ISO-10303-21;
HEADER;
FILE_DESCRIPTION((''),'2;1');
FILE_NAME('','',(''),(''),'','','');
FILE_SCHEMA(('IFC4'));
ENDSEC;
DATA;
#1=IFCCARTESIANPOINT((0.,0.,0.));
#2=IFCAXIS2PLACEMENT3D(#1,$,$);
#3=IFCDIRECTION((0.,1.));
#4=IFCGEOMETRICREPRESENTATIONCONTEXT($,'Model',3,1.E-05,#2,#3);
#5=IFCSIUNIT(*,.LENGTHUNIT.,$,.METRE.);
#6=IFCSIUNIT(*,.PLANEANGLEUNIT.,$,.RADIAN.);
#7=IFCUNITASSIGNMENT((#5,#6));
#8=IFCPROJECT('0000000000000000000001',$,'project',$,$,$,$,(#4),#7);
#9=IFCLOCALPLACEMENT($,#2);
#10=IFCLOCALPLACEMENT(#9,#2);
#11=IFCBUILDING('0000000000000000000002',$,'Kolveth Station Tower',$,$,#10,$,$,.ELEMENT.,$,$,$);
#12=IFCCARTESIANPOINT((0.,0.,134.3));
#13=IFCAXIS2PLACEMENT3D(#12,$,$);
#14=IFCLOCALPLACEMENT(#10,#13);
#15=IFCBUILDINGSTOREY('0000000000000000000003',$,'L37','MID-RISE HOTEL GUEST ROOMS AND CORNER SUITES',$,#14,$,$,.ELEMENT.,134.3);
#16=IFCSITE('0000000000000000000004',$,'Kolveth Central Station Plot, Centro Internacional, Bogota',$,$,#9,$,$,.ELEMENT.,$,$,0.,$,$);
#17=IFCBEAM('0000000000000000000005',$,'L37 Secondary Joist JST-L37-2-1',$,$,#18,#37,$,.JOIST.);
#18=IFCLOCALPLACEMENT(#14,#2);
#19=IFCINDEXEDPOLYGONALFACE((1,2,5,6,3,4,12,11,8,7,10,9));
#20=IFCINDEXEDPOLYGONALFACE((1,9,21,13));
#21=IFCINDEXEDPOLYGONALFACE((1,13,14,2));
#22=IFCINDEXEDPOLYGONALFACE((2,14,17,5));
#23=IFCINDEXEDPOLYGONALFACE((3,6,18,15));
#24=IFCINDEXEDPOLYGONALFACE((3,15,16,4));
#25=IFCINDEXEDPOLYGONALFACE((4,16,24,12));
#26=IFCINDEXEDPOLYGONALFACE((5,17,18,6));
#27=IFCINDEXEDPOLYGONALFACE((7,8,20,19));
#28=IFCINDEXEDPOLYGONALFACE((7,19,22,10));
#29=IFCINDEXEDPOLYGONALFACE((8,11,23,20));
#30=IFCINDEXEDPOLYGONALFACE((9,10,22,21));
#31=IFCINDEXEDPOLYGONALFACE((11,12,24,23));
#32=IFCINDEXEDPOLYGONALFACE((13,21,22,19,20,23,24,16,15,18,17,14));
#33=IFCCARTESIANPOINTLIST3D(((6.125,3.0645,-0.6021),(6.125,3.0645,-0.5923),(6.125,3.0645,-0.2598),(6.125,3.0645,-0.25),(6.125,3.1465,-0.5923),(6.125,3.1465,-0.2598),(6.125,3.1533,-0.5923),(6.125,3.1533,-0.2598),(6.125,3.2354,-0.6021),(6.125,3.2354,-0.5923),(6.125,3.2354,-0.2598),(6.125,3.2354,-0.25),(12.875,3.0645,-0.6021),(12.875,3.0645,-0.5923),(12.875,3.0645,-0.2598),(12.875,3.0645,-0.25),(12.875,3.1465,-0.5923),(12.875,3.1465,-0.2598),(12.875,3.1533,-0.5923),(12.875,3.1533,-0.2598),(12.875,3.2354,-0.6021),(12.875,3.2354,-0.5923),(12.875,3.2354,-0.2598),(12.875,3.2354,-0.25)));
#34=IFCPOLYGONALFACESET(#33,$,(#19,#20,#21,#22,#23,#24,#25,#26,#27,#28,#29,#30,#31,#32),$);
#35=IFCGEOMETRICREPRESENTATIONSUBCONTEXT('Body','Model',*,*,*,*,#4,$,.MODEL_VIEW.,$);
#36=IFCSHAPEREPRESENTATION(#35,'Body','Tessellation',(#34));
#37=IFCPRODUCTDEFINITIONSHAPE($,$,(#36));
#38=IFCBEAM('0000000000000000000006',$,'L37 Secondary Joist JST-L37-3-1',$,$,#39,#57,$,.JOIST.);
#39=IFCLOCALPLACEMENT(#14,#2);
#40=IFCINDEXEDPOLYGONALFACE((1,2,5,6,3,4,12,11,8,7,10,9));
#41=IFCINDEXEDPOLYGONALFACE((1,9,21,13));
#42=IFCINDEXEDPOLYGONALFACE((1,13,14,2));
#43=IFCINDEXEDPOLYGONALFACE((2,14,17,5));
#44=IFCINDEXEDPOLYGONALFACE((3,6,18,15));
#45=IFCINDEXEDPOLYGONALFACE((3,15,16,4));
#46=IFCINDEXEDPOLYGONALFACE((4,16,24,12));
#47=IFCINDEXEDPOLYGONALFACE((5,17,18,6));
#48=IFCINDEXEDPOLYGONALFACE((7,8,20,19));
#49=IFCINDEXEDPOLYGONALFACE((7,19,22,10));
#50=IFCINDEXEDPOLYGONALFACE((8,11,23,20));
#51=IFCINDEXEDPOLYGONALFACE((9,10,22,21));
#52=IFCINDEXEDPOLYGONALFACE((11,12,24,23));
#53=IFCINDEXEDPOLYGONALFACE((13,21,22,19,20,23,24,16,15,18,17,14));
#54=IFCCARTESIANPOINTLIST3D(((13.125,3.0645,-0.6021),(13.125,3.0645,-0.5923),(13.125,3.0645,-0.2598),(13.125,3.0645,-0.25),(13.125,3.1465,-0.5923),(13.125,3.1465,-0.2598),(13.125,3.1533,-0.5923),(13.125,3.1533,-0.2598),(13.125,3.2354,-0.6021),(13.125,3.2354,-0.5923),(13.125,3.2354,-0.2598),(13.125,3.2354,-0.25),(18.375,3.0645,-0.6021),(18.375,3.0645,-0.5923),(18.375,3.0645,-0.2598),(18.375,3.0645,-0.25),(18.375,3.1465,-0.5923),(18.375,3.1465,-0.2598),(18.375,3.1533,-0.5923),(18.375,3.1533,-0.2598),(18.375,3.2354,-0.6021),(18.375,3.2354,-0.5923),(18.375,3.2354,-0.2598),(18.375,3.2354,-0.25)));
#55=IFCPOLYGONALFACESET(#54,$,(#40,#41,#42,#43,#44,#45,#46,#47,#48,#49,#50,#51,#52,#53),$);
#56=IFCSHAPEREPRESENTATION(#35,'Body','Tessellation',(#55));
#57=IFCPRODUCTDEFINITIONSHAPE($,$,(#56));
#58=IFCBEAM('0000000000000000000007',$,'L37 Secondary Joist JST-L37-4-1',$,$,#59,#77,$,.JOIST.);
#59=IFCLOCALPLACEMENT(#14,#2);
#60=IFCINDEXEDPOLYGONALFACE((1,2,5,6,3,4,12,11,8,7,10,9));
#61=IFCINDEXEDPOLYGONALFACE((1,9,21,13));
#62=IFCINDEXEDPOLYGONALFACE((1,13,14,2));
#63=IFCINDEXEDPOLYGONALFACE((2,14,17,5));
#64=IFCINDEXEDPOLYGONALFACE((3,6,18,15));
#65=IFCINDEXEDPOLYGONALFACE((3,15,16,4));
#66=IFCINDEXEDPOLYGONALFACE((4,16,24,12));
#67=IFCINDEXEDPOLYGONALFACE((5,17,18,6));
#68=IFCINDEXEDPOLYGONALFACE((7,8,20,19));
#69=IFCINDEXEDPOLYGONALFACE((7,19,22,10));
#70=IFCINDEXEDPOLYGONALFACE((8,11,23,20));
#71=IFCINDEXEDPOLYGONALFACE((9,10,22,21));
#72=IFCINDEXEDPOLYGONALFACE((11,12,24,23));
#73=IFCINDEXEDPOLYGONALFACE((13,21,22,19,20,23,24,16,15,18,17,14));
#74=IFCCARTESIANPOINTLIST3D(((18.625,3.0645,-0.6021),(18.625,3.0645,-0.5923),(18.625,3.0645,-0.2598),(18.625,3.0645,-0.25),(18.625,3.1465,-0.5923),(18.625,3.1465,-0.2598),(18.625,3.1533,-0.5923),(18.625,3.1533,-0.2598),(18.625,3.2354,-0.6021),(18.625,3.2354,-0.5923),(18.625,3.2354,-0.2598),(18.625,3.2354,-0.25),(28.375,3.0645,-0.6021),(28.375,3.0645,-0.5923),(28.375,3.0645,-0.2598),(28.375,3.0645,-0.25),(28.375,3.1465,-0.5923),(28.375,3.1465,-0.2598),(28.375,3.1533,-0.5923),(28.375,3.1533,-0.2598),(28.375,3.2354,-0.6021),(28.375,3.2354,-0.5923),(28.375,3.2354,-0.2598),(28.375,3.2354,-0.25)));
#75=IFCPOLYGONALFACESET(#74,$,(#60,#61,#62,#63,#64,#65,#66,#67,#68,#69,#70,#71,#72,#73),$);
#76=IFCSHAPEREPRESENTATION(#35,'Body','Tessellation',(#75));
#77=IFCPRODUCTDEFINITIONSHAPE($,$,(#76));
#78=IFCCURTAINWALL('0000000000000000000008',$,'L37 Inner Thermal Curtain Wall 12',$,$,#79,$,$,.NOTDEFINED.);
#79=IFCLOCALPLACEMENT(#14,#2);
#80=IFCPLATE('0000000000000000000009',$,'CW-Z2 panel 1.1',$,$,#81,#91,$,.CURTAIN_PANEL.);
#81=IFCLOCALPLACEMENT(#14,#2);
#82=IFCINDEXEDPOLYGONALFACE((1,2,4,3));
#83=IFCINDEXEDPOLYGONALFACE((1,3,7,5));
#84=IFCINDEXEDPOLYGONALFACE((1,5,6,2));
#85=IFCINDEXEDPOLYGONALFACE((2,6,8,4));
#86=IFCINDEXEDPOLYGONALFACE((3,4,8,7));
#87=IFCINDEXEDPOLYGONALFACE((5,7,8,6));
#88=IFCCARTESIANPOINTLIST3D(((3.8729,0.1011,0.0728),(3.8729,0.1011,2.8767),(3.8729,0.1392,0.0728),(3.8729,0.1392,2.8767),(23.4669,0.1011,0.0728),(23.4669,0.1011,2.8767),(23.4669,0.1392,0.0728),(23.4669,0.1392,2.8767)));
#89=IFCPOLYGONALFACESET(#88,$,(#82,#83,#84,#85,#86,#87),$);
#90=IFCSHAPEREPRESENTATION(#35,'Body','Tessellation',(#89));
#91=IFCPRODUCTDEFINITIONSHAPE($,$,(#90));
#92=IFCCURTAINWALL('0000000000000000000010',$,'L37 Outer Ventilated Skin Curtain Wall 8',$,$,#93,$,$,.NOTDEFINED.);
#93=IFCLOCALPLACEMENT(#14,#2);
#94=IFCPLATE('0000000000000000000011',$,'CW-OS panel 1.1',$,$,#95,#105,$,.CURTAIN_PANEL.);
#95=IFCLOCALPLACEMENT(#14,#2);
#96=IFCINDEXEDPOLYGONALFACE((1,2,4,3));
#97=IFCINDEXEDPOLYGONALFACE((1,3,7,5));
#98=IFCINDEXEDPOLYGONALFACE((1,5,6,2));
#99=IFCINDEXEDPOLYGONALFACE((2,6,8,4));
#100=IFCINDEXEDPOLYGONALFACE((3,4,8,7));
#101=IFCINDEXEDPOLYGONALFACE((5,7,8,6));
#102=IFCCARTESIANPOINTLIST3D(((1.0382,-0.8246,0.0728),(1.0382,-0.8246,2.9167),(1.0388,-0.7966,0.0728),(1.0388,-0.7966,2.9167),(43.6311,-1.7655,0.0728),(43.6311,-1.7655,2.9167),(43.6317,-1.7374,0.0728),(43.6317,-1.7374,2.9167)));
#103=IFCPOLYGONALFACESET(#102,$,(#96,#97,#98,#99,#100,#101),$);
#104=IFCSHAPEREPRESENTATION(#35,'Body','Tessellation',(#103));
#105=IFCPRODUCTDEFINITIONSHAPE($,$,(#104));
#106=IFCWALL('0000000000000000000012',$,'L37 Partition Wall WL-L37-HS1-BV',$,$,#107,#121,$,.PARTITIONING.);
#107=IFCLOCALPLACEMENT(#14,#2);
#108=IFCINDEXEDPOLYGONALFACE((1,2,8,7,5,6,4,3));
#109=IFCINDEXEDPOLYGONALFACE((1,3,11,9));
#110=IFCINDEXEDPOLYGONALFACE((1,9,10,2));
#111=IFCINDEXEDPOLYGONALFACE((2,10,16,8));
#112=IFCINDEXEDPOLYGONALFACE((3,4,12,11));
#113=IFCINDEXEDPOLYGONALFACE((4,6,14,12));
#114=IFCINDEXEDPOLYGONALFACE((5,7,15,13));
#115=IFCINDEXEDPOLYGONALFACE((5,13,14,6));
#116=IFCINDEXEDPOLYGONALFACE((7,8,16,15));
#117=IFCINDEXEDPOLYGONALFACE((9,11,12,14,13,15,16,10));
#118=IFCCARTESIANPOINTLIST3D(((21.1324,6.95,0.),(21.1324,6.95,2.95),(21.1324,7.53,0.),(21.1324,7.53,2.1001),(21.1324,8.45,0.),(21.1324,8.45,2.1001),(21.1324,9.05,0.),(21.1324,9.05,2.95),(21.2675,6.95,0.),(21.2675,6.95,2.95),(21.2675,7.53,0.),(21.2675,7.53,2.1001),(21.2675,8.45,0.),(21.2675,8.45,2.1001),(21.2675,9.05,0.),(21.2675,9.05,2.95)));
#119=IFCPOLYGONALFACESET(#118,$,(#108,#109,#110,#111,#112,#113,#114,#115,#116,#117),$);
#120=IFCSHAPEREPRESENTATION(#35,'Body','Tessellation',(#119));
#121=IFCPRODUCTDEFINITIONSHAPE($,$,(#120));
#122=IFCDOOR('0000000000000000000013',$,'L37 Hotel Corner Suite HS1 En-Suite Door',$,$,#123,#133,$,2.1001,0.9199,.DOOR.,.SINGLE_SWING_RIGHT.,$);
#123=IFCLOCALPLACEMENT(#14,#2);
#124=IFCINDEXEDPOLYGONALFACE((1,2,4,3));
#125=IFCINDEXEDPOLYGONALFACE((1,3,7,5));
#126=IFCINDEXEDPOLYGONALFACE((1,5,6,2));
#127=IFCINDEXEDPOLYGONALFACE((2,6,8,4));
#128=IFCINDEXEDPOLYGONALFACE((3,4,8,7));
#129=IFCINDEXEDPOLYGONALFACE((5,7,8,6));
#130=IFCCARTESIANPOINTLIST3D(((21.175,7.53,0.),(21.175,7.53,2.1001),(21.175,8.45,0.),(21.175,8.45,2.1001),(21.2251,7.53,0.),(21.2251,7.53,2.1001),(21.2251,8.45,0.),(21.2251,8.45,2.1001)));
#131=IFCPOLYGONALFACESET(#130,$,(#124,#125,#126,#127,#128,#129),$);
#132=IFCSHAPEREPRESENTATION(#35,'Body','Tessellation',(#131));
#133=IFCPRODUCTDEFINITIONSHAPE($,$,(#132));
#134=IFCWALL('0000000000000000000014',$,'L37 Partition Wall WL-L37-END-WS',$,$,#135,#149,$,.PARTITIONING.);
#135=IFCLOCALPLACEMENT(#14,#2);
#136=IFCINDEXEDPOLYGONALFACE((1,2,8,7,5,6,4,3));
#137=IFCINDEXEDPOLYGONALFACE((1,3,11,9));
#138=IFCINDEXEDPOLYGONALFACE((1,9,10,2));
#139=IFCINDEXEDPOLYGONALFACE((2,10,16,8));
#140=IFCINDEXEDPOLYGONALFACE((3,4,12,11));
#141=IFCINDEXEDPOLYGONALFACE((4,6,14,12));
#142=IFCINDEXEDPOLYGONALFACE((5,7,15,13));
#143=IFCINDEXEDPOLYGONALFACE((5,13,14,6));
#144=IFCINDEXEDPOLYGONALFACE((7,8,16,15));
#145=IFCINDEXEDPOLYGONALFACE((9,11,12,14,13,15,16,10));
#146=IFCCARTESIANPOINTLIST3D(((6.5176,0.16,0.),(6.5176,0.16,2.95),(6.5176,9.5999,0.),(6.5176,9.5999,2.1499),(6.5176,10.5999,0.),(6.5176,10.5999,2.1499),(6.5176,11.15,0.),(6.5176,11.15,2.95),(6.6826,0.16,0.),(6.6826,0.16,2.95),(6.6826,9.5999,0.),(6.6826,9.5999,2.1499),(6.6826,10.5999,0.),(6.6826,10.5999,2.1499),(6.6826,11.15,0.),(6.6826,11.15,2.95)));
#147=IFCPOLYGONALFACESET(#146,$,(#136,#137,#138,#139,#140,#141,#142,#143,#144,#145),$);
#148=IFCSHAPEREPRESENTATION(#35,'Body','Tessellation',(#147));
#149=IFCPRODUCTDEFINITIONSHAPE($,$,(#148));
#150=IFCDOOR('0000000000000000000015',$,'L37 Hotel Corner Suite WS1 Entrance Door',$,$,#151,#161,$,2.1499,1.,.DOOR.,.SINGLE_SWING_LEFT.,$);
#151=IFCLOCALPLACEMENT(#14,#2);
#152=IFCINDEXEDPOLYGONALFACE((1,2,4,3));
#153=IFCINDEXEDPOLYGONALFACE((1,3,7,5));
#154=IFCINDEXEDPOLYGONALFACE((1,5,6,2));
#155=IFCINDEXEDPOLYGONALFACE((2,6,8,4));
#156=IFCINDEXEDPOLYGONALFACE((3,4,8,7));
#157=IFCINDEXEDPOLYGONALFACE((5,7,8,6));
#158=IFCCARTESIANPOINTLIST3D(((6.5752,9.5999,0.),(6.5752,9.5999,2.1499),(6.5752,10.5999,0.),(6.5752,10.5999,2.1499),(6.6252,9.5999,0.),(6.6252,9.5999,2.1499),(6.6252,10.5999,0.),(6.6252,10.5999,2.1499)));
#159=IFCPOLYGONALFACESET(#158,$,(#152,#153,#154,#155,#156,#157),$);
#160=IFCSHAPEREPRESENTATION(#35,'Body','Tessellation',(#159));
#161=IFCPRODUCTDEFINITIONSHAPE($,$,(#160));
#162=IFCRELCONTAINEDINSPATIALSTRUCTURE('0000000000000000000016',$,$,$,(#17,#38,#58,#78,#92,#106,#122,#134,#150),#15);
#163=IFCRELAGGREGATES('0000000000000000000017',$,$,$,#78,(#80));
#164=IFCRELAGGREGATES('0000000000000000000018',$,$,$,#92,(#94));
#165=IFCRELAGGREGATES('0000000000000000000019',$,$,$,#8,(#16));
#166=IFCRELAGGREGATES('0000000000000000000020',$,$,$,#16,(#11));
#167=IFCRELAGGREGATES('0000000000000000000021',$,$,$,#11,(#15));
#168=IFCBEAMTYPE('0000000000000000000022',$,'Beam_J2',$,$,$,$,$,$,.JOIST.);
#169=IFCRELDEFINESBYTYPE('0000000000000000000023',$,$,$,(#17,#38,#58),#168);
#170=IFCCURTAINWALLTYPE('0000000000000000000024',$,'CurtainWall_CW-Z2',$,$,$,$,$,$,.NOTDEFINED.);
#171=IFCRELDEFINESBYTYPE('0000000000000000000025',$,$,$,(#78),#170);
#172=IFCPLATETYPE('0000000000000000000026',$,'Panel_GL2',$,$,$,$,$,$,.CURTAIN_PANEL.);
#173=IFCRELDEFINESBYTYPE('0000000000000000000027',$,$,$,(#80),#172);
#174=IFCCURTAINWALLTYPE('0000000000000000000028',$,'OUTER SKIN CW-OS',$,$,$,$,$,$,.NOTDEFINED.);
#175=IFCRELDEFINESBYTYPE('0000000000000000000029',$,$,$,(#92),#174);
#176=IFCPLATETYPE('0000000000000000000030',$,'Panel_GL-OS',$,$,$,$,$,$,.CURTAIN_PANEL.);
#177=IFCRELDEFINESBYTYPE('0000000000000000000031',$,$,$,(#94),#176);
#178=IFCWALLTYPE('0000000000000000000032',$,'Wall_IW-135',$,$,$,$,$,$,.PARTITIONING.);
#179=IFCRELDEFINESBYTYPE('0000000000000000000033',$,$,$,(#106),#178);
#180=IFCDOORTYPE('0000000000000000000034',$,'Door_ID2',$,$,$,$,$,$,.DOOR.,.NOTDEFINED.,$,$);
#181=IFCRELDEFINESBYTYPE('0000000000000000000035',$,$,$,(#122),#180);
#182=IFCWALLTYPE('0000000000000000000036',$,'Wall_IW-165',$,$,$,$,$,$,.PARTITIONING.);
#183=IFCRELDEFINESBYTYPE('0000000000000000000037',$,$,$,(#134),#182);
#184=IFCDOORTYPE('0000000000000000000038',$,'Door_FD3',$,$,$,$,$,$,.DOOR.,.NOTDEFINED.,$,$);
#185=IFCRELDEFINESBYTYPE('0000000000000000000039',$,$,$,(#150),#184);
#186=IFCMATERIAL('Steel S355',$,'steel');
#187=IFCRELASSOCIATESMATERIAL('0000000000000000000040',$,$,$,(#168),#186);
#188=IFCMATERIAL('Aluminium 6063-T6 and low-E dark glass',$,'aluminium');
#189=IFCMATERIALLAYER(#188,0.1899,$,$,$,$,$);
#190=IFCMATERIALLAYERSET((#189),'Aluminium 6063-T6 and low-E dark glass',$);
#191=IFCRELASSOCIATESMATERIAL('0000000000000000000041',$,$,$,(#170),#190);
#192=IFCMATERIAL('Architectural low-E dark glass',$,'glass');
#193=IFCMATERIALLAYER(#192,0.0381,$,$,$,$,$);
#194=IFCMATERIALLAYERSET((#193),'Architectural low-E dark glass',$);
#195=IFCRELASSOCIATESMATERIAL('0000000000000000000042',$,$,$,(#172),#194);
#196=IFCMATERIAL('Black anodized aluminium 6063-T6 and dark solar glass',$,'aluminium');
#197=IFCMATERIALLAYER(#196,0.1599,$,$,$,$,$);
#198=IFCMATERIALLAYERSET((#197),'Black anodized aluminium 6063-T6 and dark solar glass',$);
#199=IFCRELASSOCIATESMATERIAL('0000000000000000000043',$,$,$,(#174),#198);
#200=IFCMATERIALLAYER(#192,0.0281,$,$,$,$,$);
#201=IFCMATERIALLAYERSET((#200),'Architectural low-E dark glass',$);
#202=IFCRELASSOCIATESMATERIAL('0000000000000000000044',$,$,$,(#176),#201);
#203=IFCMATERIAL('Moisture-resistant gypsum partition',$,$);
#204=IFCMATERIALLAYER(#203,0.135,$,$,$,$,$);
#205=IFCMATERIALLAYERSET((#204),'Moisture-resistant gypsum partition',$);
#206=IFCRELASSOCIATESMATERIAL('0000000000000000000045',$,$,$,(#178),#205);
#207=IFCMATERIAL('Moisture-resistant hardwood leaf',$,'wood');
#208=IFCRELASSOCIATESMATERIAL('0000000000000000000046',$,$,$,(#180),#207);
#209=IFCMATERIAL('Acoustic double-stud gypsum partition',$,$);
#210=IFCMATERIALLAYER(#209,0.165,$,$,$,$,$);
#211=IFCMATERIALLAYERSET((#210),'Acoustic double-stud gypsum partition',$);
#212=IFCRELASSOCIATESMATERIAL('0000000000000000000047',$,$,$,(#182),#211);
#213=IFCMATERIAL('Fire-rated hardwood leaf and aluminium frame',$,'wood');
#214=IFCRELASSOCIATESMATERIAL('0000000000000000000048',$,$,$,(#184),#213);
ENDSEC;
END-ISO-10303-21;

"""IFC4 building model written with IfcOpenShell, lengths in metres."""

from ifc_helpers import new_model, si_unit, direction, frame, frame_2d, origin, origin_2d, place, context, subcontext, project, spatial, rectangle, i_section, extrude, source, transform, mapped, material, layer, layer_set, material_profile, profile_set, type_object, element, fill, aggregate, save


model = new_model("IFC4")

# Units and contexts
model_context = context("Model", 3, precision=1e-05, world=origin(), true_north=direction((0.0, 1.0)))
body_context = subcontext(model_context, "Body", "Model", "MODEL_VIEW")
ifc_project = project(units=[si_unit("LENGTHUNIT", "METRE"), si_unit("PLANEANGLEUNIT", "RADIAN")], contexts=[model_context])

# Site, building, storey
site_placement = place(None, origin())
site = spatial("IfcSite", under=ifc_project, at=site_placement, Name="Kolveth Central Station Plot, Centro Internacional, Bogota", CompositionType="ELEMENT", RefElevation=0.0)
building_placement = place(site_placement, origin())
building = spatial("IfcBuilding", under=site, at=building_placement, Name="Kolveth Station Tower", CompositionType="ELEMENT")
storey_placement = place(building_placement, frame((0.0, 0.0, 134.3)))
storey = spatial("IfcBuildingStorey", under=building, at=storey_placement, Name="L37", Description="MID-RISE HOTEL GUEST ROOMS AND CORNER SUITES", CompositionType="ELEMENT", Elevation=134.3)

# Beams
ifc_material_1 = material(Name="Steel S355", Category="steel")
ifc_material_profile_1 = material_profile(ifc_material_1, i_section(OverallWidth=0.1709, OverallDepth=0.3521, WebThickness=0.0068, FlangeThickness=0.0098, at=origin_2d()), Name="W360x44")
ifc_profile_set_1 = profile_set([ifc_material_profile_1], Name="Steel S355")
beam_type_1 = type_object("IfcBeamType", Name="Beam_J2", PredefinedType="JOIST", material=ifc_profile_set_1)
shared_shape_1 = source(origin(), body_context, "Body", "SweptSolid", [
    extrude(i_section(OverallWidth=0.1709, OverallDepth=0.3521, WebThickness=0.0068, FlangeThickness=0.0098, at=origin_2d()), origin(), (0.0, 0.0, 1.0), 6.75),
])
beam_1_placement = place(storey_placement, frame((6.125, 3.1499, -0.426), z_axis=(1.0, 0.0, 0.0), x_axis=(0.0, 1.0, 0.0)))
element("IfcBeam", 1, at=beam_1_placement, inside=storey, type_object=beam_type_1, Name="L37 Secondary Joist JST-L37-2-1", PredefinedType="JOIST", context=body_context, shape_type="MappedRepresentation", body=[
    mapped(shared_shape_1, transform((0.0, 0.0, 0.0), x_axis=(1.0, 0.0, 0.0), y_axis=(0.0, 1.0, 0.0), z_axis=(0.0, 0.0, 1.0), scale=1.0)),
])
shared_shape_2 = source(origin(), body_context, "Body", "SweptSolid", [
    extrude(i_section(OverallWidth=0.1709, OverallDepth=0.3521, WebThickness=0.0068, FlangeThickness=0.0098, at=origin_2d()), origin(), (0.0, 0.0, 1.0), 5.25),
])
beam_2_placement = place(storey_placement, frame((13.125, 3.1499, -0.426), z_axis=(1.0, 0.0, 0.0), x_axis=(0.0, 1.0, 0.0)))
element("IfcBeam", 2, at=beam_2_placement, inside=storey, type_object=beam_type_1, Name="L37 Secondary Joist JST-L37-3-1", PredefinedType="JOIST", context=body_context, shape_type="MappedRepresentation", body=[
    mapped(shared_shape_2, transform((0.0, 0.0, 0.0), x_axis=(1.0, 0.0, 0.0), y_axis=(0.0, 1.0, 0.0), z_axis=(0.0, 0.0, 1.0), scale=1.0)),
])
shared_shape_3 = source(origin(), body_context, "Body", "SweptSolid", [
    extrude(i_section(OverallWidth=0.1709, OverallDepth=0.3521, WebThickness=0.0068, FlangeThickness=0.0098, at=origin_2d()), origin(), (0.0, 0.0, 1.0), 9.75),
])
beam_3_placement = place(storey_placement, frame((18.625, 3.1499, -0.426), z_axis=(1.0, 0.0, 0.0), x_axis=(0.0, 1.0, 0.0)))
element("IfcBeam", 3, at=beam_3_placement, inside=storey, type_object=beam_type_1, Name="L37 Secondary Joist JST-L37-4-1", PredefinedType="JOIST", context=body_context, shape_type="MappedRepresentation", body=[
    mapped(shared_shape_3, transform((0.0, 0.0, 0.0), x_axis=(1.0, 0.0, 0.0), y_axis=(0.0, 1.0, 0.0), z_axis=(0.0, 0.0, 1.0), scale=1.0)),
])

# Curtain walls, plates
ifc_material_2 = material(Name="Aluminium 6063-T6 and low-E dark glass", Category="aluminium")
ifc_layer_1 = layer(ifc_material_2, 0.1899)
ifc_layer_set_1 = layer_set([ifc_layer_1], Name="Aluminium 6063-T6 and low-E dark glass")
curtain_wall_type_1 = type_object("IfcCurtainWallType", Name="CurtainWall_CW-Z2", PredefinedType="NOTDEFINED", material=ifc_layer_set_1)
curtain_wall_1_placement = place(storey_placement, origin())
curtain_wall_1 = element("IfcCurtainWall", 4, at=curtain_wall_1_placement, inside=storey, type_object=curtain_wall_type_1, Name="L37 Inner Thermal Curtain Wall 12", PredefinedType="NOTDEFINED")
ifc_material_3 = material(Name="Architectural low-E dark glass", Category="glass")
ifc_layer_2 = layer(ifc_material_3, 0.0381)
ifc_layer_set_2 = layer_set([ifc_layer_2], Name="Architectural low-E dark glass")
plate_type_1 = type_object("IfcPlateType", Name="Panel_GL2", PredefinedType="CURTAIN_PANEL", material=ifc_layer_set_2)
shared_shape_4 = source(origin(), body_context, "Body", "SweptSolid", [
    extrude(rectangle(XDim=19.594, YDim=0.0381, at=origin_2d()), origin(), (0.0, 0.0, 1.0), 2.804),
])
plate_1_placement = place(storey_placement, frame((13.6699, 0.1201, 0.0728), z_axis=(0.0, 0.0, 1.0), x_axis=(1.0, 0.0, 0.0)))
plate_1 = element("IfcPlate", 5, at=plate_1_placement, type_object=plate_type_1, Name="CW-Z2 panel 1.1", PredefinedType="CURTAIN_PANEL", context=body_context, shape_type="MappedRepresentation", body=[
    mapped(shared_shape_4, transform((0.0, 0.0, 0.0), x_axis=(1.0, 0.0, 0.0), y_axis=(0.0, 1.0, 0.0), z_axis=(0.0, 0.0, 1.0), scale=1.0)),
])
aggregate(curtain_wall_1, [plate_1])
ifc_material_4 = material(Name="Black anodized aluminium 6063-T6 and dark solar glass", Category="aluminium")
ifc_layer_3 = layer(ifc_material_4, 0.1599)
ifc_layer_set_3 = layer_set([ifc_layer_3], Name="Black anodized aluminium 6063-T6 and dark solar glass")
curtain_wall_type_2 = type_object("IfcCurtainWallType", Name="OUTER SKIN CW-OS", PredefinedType="NOTDEFINED", material=ifc_layer_set_3)
curtain_wall_2_placement = place(storey_placement, origin())
curtain_wall_2 = element("IfcCurtainWall", 6, at=curtain_wall_2_placement, inside=storey, type_object=curtain_wall_type_2, Name="L37 Outer Ventilated Skin Curtain Wall 8", PredefinedType="NOTDEFINED")
ifc_layer_4 = layer(ifc_material_3, 0.0281)
ifc_layer_set_4 = layer_set([ifc_layer_4], Name="Architectural low-E dark glass")
plate_type_2 = type_object("IfcPlateType", Name="Panel_GL-OS", PredefinedType="CURTAIN_PANEL", material=ifc_layer_set_4)
shared_shape_5 = source(origin(), body_context, "Body", "SweptSolid", [
    extrude(rectangle(XDim=42.6033, YDim=0.0281, at=origin_2d()), origin(), (0.0, 0.0, 1.0), 2.844),
])
plate_2_placement = place(storey_placement, frame((22.335, -1.281, 0.0728), z_axis=(0.0, 0.0, 1.0), x_axis=(0.999756, -0.022084, 0.0)))
plate_2 = element("IfcPlate", 7, at=plate_2_placement, type_object=plate_type_2, Name="CW-OS panel 1.1", PredefinedType="CURTAIN_PANEL", context=body_context, shape_type="MappedRepresentation", body=[
    mapped(shared_shape_5, transform((0.0, 0.0, 0.0), x_axis=(1.0, 0.0, 0.0), y_axis=(0.0, 1.0, 0.0), z_axis=(0.0, 0.0, 1.0), scale=1.0)),
])
aggregate(curtain_wall_2, [plate_2])

# Walls, openings, doors
ifc_material_5 = material(Name="Moisture-resistant gypsum partition")
ifc_layer_5 = layer(ifc_material_5, 0.135)
ifc_layer_set_5 = layer_set([ifc_layer_5], Name="Moisture-resistant gypsum partition")
wall_type_1 = type_object("IfcWallType", Name="Wall_IW-135", PredefinedType="PARTITIONING", material=ifc_layer_set_5)
wall_1_placement = place(storey_placement, frame((21.2, 6.95, 0.0), z_axis=(0.0, 0.0, 1.0), x_axis=(0.0, 1.0, 0.0)))
wall_1 = element("IfcWall", 8, at=wall_1_placement, inside=storey, type_object=wall_type_1, Name="L37 Partition Wall WL-L37-HS1-BV", PredefinedType="PARTITIONING", context=body_context, shape_type="SweptSolid", body=[
    extrude(rectangle(XDim=2.1001, YDim=0.135, at=frame_2d((1.05, 0.0))), origin(), (0.0, 0.0, 1.0), 2.95),
])
opening_1_placement = place(wall_1_placement, frame((0.5801, 0.0, 0.0)))
opening_1 = element("IfcOpeningElement", 9, at=opening_1_placement, cuts=wall_1, PredefinedType="OPENING", context=body_context, shape_type="SweptSolid", body=[
    extrude(rectangle(XDim=0.9199, YDim=2.1001, at=frame_2d((0.46, 1.05))), frame((0.0, 0.0774, 0.0), z_axis=(0.0, -1.0, 0.0), x_axis=(1.0, 0.0, 0.0)), (0.0, 0.0, 1.0), 0.155),
])
ifc_material_6 = material(Name="Moisture-resistant hardwood leaf", Category="wood")
door_type_1 = type_object("IfcDoorType", Name="Door_ID2", OperationType="NOTDEFINED", PredefinedType="DOOR", material=ifc_material_6)
door_1_placement = place(opening_1_placement, origin())
door_1 = element("IfcDoor", 10, at=door_1_placement, inside=storey, type_object=door_type_1, Name="L37 Hotel Corner Suite HS1 En-Suite Door", OperationType="SINGLE_SWING_RIGHT", OverallHeight=2.1001, OverallWidth=0.9199, PredefinedType="DOOR", context=body_context, shape_type="SweptSolid", body=[
    extrude(rectangle(XDim=0.9199, YDim=2.1001, at=frame_2d((0.46, 1.05))), frame((0.0, 0.0249, 0.0), z_axis=(0.0, -1.0, 0.0), x_axis=(1.0, 0.0, 0.0)), (0.0, 0.0, 1.0), 0.05),
])
fill(opening_1, door_1)
ifc_material_7 = material(Name="Acoustic double-stud gypsum partition")
ifc_layer_6 = layer(ifc_material_7, 0.165)
ifc_layer_set_6 = layer_set([ifc_layer_6], Name="Acoustic double-stud gypsum partition")
wall_type_2 = type_object("IfcWallType", Name="Wall_IW-165", PredefinedType="PARTITIONING", material=ifc_layer_set_6)
wall_2_placement = place(storey_placement, frame((6.6001, 0.1599, 0.0), z_axis=(0.0, 0.0, 1.0), x_axis=(0.0, 1.0, 0.0)))
wall_2 = element("IfcWall", 11, at=wall_2_placement, inside=storey, type_object=wall_type_2, Name="L37 Partition Wall WL-L37-END-WS", PredefinedType="PARTITIONING", context=body_context, shape_type="SweptSolid", body=[
    extrude(rectangle(XDim=10.99, YDim=0.165, at=frame_2d((5.4951, 0.0))), origin(), (0.0, 0.0, 1.0), 2.95),
])
opening_2_placement = place(wall_2_placement, frame((9.4399, 0.0, 0.0)))
opening_2 = element("IfcOpeningElement", 12, at=opening_2_placement, cuts=wall_2, PredefinedType="OPENING", context=body_context, shape_type="SweptSolid", body=[
    extrude(rectangle(XDim=1.0, YDim=2.1499, at=frame_2d((0.5, 1.075))), frame((0.0, 0.0925, 0.0), z_axis=(0.0, -1.0, 0.0), x_axis=(1.0, 0.0, 0.0)), (0.0, 0.0, 1.0), 0.1851),
])
ifc_material_8 = material(Name="Fire-rated hardwood leaf and aluminium frame", Category="wood")
door_type_2 = type_object("IfcDoorType", Name="Door_FD3", OperationType="NOTDEFINED", PredefinedType="DOOR", material=ifc_material_8)
door_2_placement = place(opening_2_placement, origin())
door_2 = element("IfcDoor", 13, at=door_2_placement, inside=storey, type_object=door_type_2, Name="L37 Hotel Corner Suite WS1 Entrance Door", OperationType="SINGLE_SWING_LEFT", OverallHeight=2.1499, OverallWidth=1.0, PredefinedType="DOOR", context=body_context, shape_type="SweptSolid", body=[
    extrude(rectangle(XDim=1.0, YDim=2.1499, at=frame_2d((0.5, 1.075))), frame((0.0, 0.0249, 0.0), z_axis=(0.0, -1.0, 0.0), x_axis=(1.0, 0.0, 0.0)), (0.0, 0.0, 1.0), 0.05),
])
fill(opening_2, door_2)

save(model, "model.ifc")
